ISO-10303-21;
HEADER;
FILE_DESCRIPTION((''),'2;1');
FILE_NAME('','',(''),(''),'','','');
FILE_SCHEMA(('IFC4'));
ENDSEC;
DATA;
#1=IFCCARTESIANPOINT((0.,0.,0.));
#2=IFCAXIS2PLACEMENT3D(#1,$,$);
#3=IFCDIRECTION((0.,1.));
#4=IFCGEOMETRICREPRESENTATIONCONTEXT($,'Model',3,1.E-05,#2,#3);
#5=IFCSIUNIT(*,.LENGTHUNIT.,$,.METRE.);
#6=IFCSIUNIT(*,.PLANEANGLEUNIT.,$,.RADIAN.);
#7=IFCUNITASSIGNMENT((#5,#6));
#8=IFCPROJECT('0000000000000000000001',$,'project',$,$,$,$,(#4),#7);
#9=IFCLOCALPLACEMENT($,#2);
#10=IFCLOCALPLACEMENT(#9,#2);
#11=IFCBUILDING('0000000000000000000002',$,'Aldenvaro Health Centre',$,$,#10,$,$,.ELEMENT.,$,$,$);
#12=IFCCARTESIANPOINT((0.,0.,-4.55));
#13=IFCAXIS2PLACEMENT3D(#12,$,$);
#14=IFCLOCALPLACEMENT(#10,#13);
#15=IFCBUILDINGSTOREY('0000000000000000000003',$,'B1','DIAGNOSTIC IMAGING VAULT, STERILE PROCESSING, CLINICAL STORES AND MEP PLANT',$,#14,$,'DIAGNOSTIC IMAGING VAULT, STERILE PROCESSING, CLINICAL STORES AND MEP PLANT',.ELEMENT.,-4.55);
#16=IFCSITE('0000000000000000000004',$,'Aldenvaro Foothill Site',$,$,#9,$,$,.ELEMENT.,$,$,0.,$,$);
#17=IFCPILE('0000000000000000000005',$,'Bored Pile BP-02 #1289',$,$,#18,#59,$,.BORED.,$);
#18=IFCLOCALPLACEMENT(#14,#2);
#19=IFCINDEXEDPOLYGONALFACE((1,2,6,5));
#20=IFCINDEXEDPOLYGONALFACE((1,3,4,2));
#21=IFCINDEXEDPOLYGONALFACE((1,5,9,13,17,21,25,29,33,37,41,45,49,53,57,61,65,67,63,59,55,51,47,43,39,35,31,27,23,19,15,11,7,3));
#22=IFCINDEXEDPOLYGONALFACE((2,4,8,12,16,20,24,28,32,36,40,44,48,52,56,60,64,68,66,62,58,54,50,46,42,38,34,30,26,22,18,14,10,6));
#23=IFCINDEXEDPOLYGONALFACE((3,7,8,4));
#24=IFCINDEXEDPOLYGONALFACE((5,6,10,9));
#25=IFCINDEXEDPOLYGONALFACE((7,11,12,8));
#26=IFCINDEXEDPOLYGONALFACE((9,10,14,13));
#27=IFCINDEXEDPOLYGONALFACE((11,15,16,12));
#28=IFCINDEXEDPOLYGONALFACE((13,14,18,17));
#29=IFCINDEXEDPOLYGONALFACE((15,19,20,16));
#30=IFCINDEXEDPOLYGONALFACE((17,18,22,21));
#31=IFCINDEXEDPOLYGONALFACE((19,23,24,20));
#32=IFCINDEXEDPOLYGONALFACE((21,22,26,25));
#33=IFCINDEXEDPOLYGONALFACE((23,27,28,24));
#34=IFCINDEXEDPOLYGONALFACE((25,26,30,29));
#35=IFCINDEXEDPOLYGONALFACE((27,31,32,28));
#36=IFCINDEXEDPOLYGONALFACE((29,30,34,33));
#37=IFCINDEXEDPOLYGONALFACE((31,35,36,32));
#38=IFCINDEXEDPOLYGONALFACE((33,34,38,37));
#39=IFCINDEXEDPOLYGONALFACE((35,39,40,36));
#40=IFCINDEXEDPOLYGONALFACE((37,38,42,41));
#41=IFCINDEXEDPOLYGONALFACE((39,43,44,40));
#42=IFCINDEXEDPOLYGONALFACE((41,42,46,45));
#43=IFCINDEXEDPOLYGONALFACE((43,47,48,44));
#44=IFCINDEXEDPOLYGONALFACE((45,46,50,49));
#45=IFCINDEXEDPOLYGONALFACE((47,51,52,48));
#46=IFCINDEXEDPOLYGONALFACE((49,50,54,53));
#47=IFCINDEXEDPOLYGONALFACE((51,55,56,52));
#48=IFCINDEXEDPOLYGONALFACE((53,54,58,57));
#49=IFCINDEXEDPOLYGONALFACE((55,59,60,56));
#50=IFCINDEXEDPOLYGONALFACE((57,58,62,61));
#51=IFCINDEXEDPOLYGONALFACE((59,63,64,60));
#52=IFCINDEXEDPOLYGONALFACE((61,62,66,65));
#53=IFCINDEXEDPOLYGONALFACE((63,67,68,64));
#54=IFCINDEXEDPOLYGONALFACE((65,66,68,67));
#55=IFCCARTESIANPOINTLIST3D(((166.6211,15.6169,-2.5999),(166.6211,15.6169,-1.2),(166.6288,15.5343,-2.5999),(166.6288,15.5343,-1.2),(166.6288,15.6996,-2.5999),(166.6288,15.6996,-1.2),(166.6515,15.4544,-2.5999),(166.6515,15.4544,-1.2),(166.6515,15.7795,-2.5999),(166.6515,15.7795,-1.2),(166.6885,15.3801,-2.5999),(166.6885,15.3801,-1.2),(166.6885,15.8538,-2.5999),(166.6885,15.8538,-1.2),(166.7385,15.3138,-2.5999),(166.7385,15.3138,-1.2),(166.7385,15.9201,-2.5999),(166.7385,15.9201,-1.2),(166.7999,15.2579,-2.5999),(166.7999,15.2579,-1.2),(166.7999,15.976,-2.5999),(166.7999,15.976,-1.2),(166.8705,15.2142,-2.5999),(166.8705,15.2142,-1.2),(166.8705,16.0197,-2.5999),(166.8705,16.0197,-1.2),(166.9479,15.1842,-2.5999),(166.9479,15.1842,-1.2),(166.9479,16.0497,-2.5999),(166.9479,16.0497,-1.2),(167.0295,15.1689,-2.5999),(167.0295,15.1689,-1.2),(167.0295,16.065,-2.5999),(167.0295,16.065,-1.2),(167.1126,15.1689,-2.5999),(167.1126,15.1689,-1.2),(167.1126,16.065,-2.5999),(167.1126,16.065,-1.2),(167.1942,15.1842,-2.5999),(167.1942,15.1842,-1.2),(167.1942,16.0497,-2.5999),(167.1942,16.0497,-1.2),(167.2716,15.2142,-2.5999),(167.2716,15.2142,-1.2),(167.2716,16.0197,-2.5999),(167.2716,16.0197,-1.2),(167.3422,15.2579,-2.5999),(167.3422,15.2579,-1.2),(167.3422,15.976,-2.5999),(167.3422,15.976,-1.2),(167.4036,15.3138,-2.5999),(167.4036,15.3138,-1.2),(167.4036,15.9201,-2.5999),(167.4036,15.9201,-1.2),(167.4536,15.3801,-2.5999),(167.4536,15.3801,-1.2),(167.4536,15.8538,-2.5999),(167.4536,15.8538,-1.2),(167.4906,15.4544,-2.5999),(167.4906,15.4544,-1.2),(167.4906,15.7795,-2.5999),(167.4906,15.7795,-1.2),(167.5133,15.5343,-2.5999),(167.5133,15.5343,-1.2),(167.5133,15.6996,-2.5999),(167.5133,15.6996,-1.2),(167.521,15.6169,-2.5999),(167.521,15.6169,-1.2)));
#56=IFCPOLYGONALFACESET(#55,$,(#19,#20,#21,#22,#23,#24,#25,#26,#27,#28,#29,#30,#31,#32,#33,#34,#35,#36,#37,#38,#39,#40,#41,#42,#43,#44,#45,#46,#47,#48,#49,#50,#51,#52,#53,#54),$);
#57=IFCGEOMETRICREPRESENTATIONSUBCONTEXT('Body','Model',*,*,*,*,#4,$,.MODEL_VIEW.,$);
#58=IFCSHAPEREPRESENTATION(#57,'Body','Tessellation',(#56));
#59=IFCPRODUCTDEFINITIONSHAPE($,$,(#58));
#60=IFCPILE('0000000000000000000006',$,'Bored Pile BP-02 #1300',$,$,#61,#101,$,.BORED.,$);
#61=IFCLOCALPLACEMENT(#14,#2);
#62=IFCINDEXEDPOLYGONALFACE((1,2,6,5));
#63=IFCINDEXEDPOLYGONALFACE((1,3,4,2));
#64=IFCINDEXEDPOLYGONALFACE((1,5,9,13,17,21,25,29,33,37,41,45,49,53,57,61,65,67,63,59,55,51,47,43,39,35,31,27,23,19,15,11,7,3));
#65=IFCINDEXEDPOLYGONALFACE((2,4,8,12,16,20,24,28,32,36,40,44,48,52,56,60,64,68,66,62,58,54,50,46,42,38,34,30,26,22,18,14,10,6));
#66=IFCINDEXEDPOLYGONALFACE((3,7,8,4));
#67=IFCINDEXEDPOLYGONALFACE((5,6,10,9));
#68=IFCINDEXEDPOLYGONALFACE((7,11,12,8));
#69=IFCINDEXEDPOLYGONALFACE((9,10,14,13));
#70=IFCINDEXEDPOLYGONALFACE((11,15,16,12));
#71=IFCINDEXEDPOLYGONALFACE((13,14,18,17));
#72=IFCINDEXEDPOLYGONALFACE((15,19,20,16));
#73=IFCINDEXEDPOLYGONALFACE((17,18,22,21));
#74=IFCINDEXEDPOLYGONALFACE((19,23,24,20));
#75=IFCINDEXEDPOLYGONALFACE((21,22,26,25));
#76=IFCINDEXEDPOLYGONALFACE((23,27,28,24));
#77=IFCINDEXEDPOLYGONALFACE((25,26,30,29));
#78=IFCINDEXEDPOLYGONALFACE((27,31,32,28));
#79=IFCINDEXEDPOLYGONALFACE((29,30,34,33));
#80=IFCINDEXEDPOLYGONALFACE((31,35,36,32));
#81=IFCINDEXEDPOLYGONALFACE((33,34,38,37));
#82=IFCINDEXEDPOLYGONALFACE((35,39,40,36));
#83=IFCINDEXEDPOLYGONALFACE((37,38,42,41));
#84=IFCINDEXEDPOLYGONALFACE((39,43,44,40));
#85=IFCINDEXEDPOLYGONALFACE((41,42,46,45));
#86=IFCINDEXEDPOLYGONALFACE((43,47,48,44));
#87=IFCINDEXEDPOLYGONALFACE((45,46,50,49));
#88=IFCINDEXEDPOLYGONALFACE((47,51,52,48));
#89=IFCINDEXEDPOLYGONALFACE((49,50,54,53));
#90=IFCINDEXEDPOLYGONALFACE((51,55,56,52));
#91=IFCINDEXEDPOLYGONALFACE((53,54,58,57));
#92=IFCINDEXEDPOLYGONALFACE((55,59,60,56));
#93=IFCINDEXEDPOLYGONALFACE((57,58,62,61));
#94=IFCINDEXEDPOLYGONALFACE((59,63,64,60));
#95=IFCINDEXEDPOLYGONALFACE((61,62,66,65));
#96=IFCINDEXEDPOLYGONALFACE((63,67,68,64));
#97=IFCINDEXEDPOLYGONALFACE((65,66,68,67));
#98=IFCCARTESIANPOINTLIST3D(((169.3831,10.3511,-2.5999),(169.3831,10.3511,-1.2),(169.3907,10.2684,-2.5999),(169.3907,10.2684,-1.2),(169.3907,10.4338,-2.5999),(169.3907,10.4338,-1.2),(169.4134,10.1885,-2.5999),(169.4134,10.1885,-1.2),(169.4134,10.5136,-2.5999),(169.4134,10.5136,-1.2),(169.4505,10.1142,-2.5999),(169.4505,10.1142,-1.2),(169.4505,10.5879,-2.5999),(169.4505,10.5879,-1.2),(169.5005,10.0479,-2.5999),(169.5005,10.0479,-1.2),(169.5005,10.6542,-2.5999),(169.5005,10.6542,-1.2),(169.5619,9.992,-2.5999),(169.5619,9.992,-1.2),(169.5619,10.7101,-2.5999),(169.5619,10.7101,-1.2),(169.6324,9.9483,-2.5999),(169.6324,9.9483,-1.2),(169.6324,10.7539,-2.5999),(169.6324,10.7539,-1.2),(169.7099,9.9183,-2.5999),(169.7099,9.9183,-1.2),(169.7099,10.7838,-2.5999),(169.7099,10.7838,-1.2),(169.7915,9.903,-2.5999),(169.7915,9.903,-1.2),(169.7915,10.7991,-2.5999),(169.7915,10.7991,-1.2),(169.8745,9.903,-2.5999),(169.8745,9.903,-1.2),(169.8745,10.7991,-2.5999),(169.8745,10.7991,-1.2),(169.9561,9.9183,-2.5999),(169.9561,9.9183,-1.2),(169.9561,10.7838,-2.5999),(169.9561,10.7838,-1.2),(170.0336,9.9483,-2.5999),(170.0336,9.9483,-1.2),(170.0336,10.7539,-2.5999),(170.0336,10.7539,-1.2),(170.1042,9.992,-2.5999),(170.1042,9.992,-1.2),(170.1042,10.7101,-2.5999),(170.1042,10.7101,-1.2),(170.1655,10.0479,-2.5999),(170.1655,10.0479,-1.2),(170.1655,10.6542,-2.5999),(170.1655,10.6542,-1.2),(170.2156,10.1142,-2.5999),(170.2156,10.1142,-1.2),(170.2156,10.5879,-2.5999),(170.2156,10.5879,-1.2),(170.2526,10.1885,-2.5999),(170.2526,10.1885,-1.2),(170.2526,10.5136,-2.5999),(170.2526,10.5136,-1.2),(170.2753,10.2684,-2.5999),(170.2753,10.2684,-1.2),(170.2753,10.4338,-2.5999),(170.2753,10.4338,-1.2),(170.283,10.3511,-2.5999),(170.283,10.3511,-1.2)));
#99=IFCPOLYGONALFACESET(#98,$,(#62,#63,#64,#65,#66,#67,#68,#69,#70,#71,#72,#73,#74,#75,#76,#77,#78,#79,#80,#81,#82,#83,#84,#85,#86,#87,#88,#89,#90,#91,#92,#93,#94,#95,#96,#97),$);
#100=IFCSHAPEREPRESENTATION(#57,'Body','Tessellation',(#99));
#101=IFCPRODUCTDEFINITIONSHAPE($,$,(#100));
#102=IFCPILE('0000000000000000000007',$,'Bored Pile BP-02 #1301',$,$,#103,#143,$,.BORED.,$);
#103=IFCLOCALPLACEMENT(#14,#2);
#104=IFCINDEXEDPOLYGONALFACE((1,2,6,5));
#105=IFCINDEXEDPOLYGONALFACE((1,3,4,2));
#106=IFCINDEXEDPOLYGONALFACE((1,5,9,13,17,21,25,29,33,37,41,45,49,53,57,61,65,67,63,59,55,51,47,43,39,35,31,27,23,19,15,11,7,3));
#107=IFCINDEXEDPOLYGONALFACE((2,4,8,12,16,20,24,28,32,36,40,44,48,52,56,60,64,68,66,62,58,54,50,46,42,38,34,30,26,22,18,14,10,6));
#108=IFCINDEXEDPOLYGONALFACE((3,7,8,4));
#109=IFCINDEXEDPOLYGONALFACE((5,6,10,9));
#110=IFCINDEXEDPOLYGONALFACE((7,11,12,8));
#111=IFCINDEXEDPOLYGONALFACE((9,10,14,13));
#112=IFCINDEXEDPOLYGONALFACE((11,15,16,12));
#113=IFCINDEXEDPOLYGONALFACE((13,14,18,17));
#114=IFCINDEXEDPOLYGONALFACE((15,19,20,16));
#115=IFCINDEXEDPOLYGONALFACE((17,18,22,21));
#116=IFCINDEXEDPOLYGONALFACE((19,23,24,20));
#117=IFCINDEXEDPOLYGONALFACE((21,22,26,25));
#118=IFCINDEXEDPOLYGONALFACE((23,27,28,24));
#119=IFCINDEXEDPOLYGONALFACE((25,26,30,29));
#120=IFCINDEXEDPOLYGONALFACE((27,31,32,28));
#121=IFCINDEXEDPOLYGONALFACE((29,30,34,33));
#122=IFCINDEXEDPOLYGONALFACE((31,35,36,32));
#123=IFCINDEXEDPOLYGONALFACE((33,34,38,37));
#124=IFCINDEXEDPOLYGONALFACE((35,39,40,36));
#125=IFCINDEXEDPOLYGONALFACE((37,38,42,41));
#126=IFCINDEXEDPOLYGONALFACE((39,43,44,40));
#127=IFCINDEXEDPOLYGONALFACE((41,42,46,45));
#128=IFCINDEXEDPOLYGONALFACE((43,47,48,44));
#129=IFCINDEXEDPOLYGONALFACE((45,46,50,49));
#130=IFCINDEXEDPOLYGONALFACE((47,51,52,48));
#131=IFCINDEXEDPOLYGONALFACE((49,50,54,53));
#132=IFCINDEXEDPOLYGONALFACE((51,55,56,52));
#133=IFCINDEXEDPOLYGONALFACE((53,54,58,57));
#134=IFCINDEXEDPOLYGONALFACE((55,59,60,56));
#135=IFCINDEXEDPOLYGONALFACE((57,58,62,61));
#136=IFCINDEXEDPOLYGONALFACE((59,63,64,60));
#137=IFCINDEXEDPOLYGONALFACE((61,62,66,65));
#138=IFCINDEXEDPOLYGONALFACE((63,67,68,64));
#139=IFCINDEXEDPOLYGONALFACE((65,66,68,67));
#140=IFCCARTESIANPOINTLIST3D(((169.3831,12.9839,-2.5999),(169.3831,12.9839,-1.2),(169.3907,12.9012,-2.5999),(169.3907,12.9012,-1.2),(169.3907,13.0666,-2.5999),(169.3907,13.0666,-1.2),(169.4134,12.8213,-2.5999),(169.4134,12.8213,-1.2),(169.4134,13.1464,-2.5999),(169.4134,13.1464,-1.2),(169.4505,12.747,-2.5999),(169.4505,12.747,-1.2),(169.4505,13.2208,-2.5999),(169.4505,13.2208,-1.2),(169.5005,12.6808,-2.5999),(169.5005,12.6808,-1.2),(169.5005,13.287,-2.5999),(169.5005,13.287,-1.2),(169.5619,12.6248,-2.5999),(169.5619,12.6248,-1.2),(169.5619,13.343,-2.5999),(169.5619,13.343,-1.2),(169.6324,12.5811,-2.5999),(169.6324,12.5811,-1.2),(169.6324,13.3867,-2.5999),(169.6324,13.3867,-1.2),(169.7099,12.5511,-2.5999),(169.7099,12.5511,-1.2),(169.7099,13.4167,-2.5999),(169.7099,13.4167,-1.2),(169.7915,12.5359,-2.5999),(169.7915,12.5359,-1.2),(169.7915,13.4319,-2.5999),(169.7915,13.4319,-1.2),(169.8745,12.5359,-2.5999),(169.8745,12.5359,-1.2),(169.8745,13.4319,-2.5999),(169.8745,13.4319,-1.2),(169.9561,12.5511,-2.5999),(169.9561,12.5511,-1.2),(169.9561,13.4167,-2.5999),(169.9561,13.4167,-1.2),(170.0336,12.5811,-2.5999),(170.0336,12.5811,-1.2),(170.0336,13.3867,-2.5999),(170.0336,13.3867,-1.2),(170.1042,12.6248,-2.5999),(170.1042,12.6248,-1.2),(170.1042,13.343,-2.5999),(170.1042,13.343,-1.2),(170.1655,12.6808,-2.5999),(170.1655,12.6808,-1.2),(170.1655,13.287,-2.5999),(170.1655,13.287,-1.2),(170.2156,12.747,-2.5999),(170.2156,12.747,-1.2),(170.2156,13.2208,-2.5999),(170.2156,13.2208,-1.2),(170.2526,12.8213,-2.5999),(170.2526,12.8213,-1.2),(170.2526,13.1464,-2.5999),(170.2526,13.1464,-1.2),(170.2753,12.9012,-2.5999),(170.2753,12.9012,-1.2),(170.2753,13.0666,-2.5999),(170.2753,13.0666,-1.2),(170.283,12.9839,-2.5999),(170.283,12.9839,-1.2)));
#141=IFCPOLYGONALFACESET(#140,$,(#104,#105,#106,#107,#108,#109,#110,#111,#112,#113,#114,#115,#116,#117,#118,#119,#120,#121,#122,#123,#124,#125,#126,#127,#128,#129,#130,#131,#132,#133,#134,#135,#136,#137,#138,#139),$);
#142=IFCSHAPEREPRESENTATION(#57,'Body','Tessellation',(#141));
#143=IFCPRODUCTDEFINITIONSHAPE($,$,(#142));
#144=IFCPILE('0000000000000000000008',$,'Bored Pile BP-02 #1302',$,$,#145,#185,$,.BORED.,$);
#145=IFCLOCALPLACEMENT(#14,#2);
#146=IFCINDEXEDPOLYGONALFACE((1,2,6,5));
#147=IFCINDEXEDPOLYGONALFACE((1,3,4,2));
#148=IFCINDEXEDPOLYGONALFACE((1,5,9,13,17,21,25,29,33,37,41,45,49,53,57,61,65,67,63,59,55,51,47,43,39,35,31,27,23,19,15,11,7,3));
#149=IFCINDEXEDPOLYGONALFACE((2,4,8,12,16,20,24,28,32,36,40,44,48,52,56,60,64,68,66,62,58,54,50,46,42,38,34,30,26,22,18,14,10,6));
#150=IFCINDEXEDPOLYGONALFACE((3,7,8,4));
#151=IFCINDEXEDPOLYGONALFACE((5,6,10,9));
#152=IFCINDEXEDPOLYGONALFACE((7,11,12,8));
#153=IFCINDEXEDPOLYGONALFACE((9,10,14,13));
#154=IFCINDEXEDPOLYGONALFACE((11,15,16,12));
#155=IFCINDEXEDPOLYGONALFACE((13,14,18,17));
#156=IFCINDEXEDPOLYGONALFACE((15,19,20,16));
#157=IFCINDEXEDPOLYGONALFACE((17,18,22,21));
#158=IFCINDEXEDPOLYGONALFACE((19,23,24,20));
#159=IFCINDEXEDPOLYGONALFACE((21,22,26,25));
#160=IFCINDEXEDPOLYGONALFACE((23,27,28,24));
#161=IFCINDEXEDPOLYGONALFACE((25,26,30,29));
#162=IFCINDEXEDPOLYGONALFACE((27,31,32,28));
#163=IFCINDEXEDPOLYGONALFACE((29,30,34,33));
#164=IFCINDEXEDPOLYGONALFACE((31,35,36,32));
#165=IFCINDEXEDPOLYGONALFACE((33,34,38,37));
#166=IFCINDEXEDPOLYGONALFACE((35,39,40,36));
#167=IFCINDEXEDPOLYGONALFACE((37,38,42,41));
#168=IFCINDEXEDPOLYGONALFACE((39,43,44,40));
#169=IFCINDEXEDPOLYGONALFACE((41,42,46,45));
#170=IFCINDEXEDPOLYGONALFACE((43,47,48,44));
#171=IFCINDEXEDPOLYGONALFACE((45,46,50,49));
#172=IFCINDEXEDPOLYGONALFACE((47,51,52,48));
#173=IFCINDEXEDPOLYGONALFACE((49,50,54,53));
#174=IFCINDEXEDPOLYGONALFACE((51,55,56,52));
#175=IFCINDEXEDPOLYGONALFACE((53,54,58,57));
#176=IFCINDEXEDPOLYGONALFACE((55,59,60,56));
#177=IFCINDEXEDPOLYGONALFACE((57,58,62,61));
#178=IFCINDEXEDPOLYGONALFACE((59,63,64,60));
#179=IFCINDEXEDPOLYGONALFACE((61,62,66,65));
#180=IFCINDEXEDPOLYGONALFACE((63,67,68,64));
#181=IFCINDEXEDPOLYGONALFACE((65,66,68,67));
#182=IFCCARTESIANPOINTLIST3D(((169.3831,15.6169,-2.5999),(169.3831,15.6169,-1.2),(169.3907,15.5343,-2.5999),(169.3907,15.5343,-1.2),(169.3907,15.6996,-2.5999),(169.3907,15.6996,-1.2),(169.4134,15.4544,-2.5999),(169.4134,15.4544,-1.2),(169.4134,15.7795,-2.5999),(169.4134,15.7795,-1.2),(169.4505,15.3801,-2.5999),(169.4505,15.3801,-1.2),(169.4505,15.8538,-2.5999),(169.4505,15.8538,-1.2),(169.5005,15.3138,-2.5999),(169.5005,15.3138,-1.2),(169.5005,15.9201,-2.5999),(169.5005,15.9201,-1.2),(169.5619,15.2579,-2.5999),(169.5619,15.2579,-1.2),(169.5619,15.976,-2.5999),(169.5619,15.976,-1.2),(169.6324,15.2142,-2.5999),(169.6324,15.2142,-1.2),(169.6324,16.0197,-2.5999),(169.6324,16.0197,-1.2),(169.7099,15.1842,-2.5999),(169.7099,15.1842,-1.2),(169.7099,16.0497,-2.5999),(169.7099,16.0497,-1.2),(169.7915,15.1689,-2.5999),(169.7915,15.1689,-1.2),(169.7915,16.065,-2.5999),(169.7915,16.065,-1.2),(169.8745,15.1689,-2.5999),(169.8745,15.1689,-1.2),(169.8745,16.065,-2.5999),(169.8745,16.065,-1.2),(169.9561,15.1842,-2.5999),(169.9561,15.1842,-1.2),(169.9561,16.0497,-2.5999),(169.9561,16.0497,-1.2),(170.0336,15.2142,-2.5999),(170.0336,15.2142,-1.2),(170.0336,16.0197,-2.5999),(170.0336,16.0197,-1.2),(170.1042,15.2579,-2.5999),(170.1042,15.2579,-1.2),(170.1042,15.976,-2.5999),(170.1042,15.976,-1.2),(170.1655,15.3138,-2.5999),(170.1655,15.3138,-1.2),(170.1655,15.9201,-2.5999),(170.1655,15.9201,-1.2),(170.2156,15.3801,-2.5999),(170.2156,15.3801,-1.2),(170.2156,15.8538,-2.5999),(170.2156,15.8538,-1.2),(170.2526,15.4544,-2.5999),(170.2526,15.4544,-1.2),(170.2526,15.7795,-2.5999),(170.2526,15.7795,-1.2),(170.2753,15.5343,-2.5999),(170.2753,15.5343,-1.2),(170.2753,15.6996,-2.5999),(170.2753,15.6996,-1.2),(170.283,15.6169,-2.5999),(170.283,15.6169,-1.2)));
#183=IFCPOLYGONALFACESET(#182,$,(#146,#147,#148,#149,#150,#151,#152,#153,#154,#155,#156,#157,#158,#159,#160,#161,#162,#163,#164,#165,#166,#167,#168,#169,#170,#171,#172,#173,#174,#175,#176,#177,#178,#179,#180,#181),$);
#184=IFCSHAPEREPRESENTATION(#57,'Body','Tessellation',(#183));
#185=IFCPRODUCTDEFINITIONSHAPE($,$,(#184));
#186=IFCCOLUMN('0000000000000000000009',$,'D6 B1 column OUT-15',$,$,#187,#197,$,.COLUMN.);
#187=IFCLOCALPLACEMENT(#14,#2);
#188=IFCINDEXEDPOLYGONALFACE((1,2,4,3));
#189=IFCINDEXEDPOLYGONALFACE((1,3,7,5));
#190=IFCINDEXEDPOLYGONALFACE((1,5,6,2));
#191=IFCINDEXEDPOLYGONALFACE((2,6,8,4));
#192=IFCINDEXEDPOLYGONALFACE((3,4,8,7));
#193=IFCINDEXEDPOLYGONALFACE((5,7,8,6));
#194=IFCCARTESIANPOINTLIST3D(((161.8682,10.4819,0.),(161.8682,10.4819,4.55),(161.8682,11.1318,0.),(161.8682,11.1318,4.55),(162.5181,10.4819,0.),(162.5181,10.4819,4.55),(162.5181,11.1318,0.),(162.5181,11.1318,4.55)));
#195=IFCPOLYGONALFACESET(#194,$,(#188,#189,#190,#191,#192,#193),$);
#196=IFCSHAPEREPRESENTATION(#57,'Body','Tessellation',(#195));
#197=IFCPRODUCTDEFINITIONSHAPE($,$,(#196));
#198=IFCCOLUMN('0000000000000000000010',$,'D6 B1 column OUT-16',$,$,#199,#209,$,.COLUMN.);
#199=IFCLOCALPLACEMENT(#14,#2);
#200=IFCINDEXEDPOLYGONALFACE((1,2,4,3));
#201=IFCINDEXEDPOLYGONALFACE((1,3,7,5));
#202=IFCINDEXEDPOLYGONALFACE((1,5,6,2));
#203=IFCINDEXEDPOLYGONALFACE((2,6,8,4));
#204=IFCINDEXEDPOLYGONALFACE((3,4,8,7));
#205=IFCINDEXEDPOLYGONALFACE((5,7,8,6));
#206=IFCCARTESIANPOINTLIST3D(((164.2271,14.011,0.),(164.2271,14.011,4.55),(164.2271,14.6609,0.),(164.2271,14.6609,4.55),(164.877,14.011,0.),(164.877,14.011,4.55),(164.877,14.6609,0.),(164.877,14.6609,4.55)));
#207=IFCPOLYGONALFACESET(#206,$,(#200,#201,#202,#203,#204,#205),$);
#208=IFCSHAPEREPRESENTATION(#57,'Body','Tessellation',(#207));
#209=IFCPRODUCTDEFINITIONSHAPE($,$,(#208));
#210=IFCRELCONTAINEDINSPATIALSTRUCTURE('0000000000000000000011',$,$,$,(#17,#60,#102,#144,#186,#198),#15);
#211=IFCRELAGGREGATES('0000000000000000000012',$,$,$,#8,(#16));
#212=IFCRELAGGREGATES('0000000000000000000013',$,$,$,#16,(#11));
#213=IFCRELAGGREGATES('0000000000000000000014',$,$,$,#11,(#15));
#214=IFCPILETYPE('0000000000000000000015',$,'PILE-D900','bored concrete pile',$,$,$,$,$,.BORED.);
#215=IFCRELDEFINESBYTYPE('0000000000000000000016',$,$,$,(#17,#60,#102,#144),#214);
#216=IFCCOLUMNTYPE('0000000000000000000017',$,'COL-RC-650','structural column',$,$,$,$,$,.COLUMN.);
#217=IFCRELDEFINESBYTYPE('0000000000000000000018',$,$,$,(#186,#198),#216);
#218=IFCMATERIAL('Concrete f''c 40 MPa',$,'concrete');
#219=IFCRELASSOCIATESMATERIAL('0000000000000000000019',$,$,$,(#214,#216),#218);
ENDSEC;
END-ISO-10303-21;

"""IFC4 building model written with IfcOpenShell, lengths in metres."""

from ifc_helpers import new_model, si_unit, direction, frame, origin, origin_2d, place, context, subcontext, project, spatial, rectangle, circle, extrude, material, material_profile, profile_set, type_object, element, save


model = new_model("IFC4")

# Units and contexts
model_context = context("Model", 3, precision=1e-05, world=origin(), true_north=direction((0.0, 1.0)))
body_context = subcontext(model_context, "Body", "Model", "MODEL_VIEW")
ifc_project = project(units=[si_unit("LENGTHUNIT", "METRE"), si_unit("PLANEANGLEUNIT", "RADIAN")], contexts=[model_context])

# Site, building, storey
site_placement = place(None, origin())
site = spatial("IfcSite", under=ifc_project, at=site_placement, Name="Aldenvaro Foothill Site", CompositionType="ELEMENT", RefElevation=0.0)
building_placement = place(site_placement, origin())
building = spatial("IfcBuilding", under=site, at=building_placement, Name="Aldenvaro Health Centre", CompositionType="ELEMENT")
storey_placement = place(building_placement, frame((0.0, 0.0, -4.55)))
storey = spatial("IfcBuildingStorey", under=building, at=storey_placement, Name="B1", Description="DIAGNOSTIC IMAGING VAULT, STERILE PROCESSING, CLINICAL STORES AND MEP PLANT", LongName="DIAGNOSTIC IMAGING VAULT, STERILE PROCESSING, CLINICAL STORES AND MEP PLANT", CompositionType="ELEMENT", Elevation=-4.55)

# Piles
ifc_material_1 = material(Name="Concrete f'c 40 MPa", Category="concrete")
ifc_material_profile_1 = material_profile(ifc_material_1, circle(Radius=0.45, at=origin_2d()), Name="PILE D900", Category="concrete")
ifc_profile_set_1 = profile_set([ifc_material_profile_1], Name="Concrete f'c 40 MPa")
pile_type = type_object("IfcPileType", Name="PILE-D900", Description="bored concrete pile", PredefinedType="BORED", material=ifc_profile_set_1)
for number, where, z_axis, x_axis, name in (
    (1, (167.071, 15.6169, -1.2), (0.0, 0.0, -1.0), (1.0, 0.0, 0.0), "Bored Pile BP-02 #1289"),
    (2, (169.833, 10.3511, -1.2), (0.0, 0.0, -1.0), (1.0, 0.0, 0.0), "Bored Pile BP-02 #1300"),
    (3, (169.833, 12.9839, -1.2), (0.0, 0.0, -1.0), (1.0, 0.0, 0.0), "Bored Pile BP-02 #1301"),
    (4, (169.833, 15.6169, -1.2), (0.0, 0.0, -1.0), (1.0, 0.0, 0.0), "Bored Pile BP-02 #1302"),
):
    element("IfcPile", number, at=place(storey_placement, frame(where, z_axis=z_axis, x_axis=x_axis)), inside=storey, type_object=pile_type, Name=name, PredefinedType="BORED", context=body_context, shape_type="SweptSolid", body=[
        extrude(circle(Radius=0.45, at=origin_2d()), origin(), (0.0, 0.0, 1.0), 1.3999),
    ])

# Columns
ifc_material_profile_2 = material_profile(ifc_material_1, rectangle(XDim=0.6499, YDim=0.6499, at=origin_2d()), Name="RC 650x650", Category="concrete")
ifc_profile_set_2 = profile_set([ifc_material_profile_2], Name="Concrete f'c 40 MPa")
column_type = type_object("IfcColumnType", Name="COL-RC-650", Description="structural column", PredefinedType="COLUMN", material=ifc_profile_set_2)
for number, where, z_axis, x_axis, name in (
    (5, (162.1931, 10.8069, 0.0), (0.0, 0.0, 1.0), (1.0, 0.0, 0.0), "D6 B1 column OUT-15"),
    (6, (164.552, 14.3359, 0.0), (0.0, 0.0, 1.0), (1.0, 0.0, 0.0), "D6 B1 column OUT-16"),
):
    element("IfcColumn", number, at=place(storey_placement, frame(where, z_axis=z_axis, x_axis=x_axis)), inside=storey, type_object=column_type, Name=name, PredefinedType="COLUMN", context=body_context, shape_type="SweptSolid", body=[
        extrude(rectangle(XDim=0.6499, YDim=0.6499, at=origin_2d()), origin(), (0.0, 0.0, 1.0), 4.55),
    ])

save(model, "model.ifc")
